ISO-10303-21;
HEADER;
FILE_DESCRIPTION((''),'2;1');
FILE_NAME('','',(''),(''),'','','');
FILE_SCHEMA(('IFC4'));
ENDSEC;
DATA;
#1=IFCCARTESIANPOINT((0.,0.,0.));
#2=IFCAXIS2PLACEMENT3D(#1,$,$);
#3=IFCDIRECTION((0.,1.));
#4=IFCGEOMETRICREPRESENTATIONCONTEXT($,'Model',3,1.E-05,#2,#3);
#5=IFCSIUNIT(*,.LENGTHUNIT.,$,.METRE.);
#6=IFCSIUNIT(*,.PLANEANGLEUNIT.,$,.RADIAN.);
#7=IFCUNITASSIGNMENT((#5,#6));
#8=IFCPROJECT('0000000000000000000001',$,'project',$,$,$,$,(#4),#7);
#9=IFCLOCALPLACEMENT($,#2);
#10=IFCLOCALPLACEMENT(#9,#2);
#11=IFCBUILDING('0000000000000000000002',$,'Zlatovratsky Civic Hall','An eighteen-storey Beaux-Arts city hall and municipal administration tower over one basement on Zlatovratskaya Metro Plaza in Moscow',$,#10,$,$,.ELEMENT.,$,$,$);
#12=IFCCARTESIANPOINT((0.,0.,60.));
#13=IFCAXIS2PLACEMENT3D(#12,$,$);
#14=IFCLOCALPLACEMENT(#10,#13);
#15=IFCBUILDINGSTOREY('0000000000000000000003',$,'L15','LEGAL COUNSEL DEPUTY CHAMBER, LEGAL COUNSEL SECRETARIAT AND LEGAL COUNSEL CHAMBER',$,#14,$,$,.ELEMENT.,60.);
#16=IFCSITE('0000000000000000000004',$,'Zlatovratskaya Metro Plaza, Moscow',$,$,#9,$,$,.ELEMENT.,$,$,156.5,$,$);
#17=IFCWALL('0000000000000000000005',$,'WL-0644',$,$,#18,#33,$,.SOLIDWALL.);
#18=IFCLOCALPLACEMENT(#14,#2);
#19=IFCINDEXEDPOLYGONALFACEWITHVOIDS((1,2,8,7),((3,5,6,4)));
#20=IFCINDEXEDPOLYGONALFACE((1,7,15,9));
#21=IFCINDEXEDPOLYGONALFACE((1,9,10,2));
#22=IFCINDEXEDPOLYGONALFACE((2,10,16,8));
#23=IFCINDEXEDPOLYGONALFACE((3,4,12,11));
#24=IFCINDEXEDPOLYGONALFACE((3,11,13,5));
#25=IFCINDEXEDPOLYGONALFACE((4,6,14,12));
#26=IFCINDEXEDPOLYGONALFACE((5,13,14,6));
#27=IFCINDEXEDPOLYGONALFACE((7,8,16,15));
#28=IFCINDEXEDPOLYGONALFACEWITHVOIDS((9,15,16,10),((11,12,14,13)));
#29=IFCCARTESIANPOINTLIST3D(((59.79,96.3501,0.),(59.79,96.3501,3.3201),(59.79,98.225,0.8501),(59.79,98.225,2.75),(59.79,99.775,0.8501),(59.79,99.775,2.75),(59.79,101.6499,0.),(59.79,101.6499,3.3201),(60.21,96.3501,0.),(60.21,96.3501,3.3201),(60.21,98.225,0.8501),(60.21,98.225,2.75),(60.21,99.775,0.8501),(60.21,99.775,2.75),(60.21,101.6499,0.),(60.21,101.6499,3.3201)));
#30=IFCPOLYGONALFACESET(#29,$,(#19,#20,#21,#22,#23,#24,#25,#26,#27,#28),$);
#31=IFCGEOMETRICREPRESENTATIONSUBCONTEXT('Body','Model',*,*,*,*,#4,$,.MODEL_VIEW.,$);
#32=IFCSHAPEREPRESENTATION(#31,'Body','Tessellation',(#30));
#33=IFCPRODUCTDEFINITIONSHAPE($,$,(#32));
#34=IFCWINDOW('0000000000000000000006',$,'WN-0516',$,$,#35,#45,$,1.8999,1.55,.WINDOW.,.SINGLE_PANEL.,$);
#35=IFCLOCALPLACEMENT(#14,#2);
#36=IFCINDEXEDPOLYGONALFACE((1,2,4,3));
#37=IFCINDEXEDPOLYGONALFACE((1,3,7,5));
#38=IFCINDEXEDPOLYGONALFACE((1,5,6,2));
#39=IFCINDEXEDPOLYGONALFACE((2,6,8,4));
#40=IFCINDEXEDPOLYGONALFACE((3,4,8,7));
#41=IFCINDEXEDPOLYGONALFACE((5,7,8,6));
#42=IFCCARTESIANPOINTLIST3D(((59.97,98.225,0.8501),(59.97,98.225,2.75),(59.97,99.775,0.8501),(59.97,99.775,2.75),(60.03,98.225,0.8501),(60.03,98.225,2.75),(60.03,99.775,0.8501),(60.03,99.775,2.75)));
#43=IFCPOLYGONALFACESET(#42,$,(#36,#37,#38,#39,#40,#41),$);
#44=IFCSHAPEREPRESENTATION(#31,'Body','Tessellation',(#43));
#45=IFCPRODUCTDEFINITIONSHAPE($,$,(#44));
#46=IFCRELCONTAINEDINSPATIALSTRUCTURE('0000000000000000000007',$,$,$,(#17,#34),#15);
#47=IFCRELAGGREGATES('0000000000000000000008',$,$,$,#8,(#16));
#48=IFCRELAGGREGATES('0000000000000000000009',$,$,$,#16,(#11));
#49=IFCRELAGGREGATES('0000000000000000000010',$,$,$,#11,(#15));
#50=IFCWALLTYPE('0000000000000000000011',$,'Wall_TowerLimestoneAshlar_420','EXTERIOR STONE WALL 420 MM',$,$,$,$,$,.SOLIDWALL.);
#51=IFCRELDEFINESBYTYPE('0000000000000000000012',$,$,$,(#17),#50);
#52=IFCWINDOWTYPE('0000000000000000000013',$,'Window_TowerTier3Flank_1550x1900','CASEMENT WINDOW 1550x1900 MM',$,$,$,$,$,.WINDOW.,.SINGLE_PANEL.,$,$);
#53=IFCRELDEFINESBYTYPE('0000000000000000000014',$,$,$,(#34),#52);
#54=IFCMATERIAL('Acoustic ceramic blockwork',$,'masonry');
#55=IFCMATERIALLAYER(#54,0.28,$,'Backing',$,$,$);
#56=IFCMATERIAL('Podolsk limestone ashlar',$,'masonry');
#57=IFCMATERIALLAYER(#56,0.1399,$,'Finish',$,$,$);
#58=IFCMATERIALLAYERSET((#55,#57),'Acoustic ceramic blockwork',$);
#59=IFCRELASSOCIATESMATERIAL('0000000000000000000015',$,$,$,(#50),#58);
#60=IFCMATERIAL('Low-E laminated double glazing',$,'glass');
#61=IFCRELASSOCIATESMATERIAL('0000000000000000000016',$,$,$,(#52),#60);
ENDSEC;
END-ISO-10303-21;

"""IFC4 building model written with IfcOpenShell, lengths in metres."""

from ifc_helpers import new_model, si_unit, direction, frame, frame_2d, origin, place, context, subcontext, project, spatial, rectangle, extrude, material, layer, layer_set, type_object, element, fill, save


model = new_model("IFC4")

# Units and contexts
model_context = context("Model", 3, precision=1e-05, world=origin(), true_north=direction((0.0, 1.0)))
body_context = subcontext(model_context, "Body", "Model", "MODEL_VIEW")
ifc_project = project(units=[si_unit("LENGTHUNIT", "METRE"), si_unit("PLANEANGLEUNIT", "RADIAN")], contexts=[model_context])

# Site, building, storey
site_placement = place(None, origin())
site = spatial("IfcSite", under=ifc_project, at=site_placement, Name="Zlatovratskaya Metro Plaza, Moscow", CompositionType="ELEMENT", RefElevation=156.5)
building_placement = place(site_placement, origin())
building = spatial("IfcBuilding", under=site, at=building_placement, Name="Zlatovratsky Civic Hall", Description="An eighteen-storey Beaux-Arts city hall and municipal administration tower over one basement on Zlatovratskaya Metro Plaza in Moscow", CompositionType="ELEMENT")
storey_placement = place(building_placement, frame((0.0, 0.0, 60.0)))
storey = spatial("IfcBuildingStorey", under=building, at=storey_placement, Name="L15", Description="LEGAL COUNSEL DEPUTY CHAMBER, LEGAL COUNSEL SECRETARIAT AND LEGAL COUNSEL CHAMBER", CompositionType="ELEMENT", Elevation=60.0)

# Wall, opening, window
ifc_material_1 = material(Name="Acoustic ceramic blockwork", Category="masonry")
ifc_layer_1 = layer(ifc_material_1, 0.28, Name="Backing")
ifc_material_2 = material(Name="Podolsk limestone ashlar", Category="masonry")
ifc_layer_2 = layer(ifc_material_2, 0.1399, Name="Finish")
ifc_layer_set_1 = layer_set([ifc_layer_1, ifc_layer_2], Name="Acoustic ceramic blockwork")
wall_type_1 = type_object("IfcWallType", Name="Wall_TowerLimestoneAshlar_420", Description="EXTERIOR STONE WALL 420 MM", PredefinedType="SOLIDWALL", material=ifc_layer_set_1)
ifc_material_3 = material(Name="Low-E laminated double glazing", Category="glass")
wall_1_placement = place(storey_placement, frame((60.0, 96.3501, 0.0), z_axis=(0.0, 0.0, 1.0), x_axis=(0.0, 1.0, 0.0)))
wall_1 = element("IfcWall", 1, at=wall_1_placement, inside=storey, type_object=wall_type_1, Name="WL-0644", PredefinedType="SOLIDWALL", context=body_context, shape_type="SweptSolid", body=[
    extrude(rectangle(XDim=5.2998, YDim=0.4199, at=frame_2d((2.6499, 0.0))), origin(), (0.0, 0.0, 1.0), 3.3201),
])
opening_1_placement = place(wall_1_placement, frame((1.875, 0.0, 0.8501)))
opening_1 = element("IfcOpeningElement", 2, at=opening_1_placement, cuts=wall_1, PredefinedType="OPENING", context=body_context, shape_type="SweptSolid", body=[
    extrude(rectangle(XDim=1.55, YDim=1.8999, at=frame_2d((0.7749, 0.95))), frame((0.0, 0.2249, 0.0), z_axis=(0.0, -1.0, 0.0), x_axis=(1.0, 0.0, 0.0)), (0.0, 0.0, 1.0), 0.4497),
])
window_type_1 = type_object("IfcWindowType", Name="Window_TowerTier3Flank_1550x1900", Description="CASEMENT WINDOW 1550x1900 MM", PartitioningType="SINGLE_PANEL", PredefinedType="WINDOW", material=ifc_material_3)
window_1_placement = place(opening_1_placement, origin())
window_1 = element("IfcWindow", 3, at=window_1_placement, inside=storey, type_object=window_type_1, Name="WN-0516", OverallHeight=1.8999, OverallWidth=1.55, PartitioningType="SINGLE_PANEL", PredefinedType="WINDOW", context=body_context, shape_type="SweptSolid", body=[
    extrude(rectangle(XDim=1.55, YDim=1.8999, at=frame_2d((0.7749, 0.95))), frame((0.0, 0.03, 0.0), z_axis=(0.0, -1.0, 0.0), x_axis=(1.0, 0.0, 0.0)), (0.0, 0.0, 1.0), 0.0601),
])
fill(opening_1, window_1)

save(model, "model.ifc")
